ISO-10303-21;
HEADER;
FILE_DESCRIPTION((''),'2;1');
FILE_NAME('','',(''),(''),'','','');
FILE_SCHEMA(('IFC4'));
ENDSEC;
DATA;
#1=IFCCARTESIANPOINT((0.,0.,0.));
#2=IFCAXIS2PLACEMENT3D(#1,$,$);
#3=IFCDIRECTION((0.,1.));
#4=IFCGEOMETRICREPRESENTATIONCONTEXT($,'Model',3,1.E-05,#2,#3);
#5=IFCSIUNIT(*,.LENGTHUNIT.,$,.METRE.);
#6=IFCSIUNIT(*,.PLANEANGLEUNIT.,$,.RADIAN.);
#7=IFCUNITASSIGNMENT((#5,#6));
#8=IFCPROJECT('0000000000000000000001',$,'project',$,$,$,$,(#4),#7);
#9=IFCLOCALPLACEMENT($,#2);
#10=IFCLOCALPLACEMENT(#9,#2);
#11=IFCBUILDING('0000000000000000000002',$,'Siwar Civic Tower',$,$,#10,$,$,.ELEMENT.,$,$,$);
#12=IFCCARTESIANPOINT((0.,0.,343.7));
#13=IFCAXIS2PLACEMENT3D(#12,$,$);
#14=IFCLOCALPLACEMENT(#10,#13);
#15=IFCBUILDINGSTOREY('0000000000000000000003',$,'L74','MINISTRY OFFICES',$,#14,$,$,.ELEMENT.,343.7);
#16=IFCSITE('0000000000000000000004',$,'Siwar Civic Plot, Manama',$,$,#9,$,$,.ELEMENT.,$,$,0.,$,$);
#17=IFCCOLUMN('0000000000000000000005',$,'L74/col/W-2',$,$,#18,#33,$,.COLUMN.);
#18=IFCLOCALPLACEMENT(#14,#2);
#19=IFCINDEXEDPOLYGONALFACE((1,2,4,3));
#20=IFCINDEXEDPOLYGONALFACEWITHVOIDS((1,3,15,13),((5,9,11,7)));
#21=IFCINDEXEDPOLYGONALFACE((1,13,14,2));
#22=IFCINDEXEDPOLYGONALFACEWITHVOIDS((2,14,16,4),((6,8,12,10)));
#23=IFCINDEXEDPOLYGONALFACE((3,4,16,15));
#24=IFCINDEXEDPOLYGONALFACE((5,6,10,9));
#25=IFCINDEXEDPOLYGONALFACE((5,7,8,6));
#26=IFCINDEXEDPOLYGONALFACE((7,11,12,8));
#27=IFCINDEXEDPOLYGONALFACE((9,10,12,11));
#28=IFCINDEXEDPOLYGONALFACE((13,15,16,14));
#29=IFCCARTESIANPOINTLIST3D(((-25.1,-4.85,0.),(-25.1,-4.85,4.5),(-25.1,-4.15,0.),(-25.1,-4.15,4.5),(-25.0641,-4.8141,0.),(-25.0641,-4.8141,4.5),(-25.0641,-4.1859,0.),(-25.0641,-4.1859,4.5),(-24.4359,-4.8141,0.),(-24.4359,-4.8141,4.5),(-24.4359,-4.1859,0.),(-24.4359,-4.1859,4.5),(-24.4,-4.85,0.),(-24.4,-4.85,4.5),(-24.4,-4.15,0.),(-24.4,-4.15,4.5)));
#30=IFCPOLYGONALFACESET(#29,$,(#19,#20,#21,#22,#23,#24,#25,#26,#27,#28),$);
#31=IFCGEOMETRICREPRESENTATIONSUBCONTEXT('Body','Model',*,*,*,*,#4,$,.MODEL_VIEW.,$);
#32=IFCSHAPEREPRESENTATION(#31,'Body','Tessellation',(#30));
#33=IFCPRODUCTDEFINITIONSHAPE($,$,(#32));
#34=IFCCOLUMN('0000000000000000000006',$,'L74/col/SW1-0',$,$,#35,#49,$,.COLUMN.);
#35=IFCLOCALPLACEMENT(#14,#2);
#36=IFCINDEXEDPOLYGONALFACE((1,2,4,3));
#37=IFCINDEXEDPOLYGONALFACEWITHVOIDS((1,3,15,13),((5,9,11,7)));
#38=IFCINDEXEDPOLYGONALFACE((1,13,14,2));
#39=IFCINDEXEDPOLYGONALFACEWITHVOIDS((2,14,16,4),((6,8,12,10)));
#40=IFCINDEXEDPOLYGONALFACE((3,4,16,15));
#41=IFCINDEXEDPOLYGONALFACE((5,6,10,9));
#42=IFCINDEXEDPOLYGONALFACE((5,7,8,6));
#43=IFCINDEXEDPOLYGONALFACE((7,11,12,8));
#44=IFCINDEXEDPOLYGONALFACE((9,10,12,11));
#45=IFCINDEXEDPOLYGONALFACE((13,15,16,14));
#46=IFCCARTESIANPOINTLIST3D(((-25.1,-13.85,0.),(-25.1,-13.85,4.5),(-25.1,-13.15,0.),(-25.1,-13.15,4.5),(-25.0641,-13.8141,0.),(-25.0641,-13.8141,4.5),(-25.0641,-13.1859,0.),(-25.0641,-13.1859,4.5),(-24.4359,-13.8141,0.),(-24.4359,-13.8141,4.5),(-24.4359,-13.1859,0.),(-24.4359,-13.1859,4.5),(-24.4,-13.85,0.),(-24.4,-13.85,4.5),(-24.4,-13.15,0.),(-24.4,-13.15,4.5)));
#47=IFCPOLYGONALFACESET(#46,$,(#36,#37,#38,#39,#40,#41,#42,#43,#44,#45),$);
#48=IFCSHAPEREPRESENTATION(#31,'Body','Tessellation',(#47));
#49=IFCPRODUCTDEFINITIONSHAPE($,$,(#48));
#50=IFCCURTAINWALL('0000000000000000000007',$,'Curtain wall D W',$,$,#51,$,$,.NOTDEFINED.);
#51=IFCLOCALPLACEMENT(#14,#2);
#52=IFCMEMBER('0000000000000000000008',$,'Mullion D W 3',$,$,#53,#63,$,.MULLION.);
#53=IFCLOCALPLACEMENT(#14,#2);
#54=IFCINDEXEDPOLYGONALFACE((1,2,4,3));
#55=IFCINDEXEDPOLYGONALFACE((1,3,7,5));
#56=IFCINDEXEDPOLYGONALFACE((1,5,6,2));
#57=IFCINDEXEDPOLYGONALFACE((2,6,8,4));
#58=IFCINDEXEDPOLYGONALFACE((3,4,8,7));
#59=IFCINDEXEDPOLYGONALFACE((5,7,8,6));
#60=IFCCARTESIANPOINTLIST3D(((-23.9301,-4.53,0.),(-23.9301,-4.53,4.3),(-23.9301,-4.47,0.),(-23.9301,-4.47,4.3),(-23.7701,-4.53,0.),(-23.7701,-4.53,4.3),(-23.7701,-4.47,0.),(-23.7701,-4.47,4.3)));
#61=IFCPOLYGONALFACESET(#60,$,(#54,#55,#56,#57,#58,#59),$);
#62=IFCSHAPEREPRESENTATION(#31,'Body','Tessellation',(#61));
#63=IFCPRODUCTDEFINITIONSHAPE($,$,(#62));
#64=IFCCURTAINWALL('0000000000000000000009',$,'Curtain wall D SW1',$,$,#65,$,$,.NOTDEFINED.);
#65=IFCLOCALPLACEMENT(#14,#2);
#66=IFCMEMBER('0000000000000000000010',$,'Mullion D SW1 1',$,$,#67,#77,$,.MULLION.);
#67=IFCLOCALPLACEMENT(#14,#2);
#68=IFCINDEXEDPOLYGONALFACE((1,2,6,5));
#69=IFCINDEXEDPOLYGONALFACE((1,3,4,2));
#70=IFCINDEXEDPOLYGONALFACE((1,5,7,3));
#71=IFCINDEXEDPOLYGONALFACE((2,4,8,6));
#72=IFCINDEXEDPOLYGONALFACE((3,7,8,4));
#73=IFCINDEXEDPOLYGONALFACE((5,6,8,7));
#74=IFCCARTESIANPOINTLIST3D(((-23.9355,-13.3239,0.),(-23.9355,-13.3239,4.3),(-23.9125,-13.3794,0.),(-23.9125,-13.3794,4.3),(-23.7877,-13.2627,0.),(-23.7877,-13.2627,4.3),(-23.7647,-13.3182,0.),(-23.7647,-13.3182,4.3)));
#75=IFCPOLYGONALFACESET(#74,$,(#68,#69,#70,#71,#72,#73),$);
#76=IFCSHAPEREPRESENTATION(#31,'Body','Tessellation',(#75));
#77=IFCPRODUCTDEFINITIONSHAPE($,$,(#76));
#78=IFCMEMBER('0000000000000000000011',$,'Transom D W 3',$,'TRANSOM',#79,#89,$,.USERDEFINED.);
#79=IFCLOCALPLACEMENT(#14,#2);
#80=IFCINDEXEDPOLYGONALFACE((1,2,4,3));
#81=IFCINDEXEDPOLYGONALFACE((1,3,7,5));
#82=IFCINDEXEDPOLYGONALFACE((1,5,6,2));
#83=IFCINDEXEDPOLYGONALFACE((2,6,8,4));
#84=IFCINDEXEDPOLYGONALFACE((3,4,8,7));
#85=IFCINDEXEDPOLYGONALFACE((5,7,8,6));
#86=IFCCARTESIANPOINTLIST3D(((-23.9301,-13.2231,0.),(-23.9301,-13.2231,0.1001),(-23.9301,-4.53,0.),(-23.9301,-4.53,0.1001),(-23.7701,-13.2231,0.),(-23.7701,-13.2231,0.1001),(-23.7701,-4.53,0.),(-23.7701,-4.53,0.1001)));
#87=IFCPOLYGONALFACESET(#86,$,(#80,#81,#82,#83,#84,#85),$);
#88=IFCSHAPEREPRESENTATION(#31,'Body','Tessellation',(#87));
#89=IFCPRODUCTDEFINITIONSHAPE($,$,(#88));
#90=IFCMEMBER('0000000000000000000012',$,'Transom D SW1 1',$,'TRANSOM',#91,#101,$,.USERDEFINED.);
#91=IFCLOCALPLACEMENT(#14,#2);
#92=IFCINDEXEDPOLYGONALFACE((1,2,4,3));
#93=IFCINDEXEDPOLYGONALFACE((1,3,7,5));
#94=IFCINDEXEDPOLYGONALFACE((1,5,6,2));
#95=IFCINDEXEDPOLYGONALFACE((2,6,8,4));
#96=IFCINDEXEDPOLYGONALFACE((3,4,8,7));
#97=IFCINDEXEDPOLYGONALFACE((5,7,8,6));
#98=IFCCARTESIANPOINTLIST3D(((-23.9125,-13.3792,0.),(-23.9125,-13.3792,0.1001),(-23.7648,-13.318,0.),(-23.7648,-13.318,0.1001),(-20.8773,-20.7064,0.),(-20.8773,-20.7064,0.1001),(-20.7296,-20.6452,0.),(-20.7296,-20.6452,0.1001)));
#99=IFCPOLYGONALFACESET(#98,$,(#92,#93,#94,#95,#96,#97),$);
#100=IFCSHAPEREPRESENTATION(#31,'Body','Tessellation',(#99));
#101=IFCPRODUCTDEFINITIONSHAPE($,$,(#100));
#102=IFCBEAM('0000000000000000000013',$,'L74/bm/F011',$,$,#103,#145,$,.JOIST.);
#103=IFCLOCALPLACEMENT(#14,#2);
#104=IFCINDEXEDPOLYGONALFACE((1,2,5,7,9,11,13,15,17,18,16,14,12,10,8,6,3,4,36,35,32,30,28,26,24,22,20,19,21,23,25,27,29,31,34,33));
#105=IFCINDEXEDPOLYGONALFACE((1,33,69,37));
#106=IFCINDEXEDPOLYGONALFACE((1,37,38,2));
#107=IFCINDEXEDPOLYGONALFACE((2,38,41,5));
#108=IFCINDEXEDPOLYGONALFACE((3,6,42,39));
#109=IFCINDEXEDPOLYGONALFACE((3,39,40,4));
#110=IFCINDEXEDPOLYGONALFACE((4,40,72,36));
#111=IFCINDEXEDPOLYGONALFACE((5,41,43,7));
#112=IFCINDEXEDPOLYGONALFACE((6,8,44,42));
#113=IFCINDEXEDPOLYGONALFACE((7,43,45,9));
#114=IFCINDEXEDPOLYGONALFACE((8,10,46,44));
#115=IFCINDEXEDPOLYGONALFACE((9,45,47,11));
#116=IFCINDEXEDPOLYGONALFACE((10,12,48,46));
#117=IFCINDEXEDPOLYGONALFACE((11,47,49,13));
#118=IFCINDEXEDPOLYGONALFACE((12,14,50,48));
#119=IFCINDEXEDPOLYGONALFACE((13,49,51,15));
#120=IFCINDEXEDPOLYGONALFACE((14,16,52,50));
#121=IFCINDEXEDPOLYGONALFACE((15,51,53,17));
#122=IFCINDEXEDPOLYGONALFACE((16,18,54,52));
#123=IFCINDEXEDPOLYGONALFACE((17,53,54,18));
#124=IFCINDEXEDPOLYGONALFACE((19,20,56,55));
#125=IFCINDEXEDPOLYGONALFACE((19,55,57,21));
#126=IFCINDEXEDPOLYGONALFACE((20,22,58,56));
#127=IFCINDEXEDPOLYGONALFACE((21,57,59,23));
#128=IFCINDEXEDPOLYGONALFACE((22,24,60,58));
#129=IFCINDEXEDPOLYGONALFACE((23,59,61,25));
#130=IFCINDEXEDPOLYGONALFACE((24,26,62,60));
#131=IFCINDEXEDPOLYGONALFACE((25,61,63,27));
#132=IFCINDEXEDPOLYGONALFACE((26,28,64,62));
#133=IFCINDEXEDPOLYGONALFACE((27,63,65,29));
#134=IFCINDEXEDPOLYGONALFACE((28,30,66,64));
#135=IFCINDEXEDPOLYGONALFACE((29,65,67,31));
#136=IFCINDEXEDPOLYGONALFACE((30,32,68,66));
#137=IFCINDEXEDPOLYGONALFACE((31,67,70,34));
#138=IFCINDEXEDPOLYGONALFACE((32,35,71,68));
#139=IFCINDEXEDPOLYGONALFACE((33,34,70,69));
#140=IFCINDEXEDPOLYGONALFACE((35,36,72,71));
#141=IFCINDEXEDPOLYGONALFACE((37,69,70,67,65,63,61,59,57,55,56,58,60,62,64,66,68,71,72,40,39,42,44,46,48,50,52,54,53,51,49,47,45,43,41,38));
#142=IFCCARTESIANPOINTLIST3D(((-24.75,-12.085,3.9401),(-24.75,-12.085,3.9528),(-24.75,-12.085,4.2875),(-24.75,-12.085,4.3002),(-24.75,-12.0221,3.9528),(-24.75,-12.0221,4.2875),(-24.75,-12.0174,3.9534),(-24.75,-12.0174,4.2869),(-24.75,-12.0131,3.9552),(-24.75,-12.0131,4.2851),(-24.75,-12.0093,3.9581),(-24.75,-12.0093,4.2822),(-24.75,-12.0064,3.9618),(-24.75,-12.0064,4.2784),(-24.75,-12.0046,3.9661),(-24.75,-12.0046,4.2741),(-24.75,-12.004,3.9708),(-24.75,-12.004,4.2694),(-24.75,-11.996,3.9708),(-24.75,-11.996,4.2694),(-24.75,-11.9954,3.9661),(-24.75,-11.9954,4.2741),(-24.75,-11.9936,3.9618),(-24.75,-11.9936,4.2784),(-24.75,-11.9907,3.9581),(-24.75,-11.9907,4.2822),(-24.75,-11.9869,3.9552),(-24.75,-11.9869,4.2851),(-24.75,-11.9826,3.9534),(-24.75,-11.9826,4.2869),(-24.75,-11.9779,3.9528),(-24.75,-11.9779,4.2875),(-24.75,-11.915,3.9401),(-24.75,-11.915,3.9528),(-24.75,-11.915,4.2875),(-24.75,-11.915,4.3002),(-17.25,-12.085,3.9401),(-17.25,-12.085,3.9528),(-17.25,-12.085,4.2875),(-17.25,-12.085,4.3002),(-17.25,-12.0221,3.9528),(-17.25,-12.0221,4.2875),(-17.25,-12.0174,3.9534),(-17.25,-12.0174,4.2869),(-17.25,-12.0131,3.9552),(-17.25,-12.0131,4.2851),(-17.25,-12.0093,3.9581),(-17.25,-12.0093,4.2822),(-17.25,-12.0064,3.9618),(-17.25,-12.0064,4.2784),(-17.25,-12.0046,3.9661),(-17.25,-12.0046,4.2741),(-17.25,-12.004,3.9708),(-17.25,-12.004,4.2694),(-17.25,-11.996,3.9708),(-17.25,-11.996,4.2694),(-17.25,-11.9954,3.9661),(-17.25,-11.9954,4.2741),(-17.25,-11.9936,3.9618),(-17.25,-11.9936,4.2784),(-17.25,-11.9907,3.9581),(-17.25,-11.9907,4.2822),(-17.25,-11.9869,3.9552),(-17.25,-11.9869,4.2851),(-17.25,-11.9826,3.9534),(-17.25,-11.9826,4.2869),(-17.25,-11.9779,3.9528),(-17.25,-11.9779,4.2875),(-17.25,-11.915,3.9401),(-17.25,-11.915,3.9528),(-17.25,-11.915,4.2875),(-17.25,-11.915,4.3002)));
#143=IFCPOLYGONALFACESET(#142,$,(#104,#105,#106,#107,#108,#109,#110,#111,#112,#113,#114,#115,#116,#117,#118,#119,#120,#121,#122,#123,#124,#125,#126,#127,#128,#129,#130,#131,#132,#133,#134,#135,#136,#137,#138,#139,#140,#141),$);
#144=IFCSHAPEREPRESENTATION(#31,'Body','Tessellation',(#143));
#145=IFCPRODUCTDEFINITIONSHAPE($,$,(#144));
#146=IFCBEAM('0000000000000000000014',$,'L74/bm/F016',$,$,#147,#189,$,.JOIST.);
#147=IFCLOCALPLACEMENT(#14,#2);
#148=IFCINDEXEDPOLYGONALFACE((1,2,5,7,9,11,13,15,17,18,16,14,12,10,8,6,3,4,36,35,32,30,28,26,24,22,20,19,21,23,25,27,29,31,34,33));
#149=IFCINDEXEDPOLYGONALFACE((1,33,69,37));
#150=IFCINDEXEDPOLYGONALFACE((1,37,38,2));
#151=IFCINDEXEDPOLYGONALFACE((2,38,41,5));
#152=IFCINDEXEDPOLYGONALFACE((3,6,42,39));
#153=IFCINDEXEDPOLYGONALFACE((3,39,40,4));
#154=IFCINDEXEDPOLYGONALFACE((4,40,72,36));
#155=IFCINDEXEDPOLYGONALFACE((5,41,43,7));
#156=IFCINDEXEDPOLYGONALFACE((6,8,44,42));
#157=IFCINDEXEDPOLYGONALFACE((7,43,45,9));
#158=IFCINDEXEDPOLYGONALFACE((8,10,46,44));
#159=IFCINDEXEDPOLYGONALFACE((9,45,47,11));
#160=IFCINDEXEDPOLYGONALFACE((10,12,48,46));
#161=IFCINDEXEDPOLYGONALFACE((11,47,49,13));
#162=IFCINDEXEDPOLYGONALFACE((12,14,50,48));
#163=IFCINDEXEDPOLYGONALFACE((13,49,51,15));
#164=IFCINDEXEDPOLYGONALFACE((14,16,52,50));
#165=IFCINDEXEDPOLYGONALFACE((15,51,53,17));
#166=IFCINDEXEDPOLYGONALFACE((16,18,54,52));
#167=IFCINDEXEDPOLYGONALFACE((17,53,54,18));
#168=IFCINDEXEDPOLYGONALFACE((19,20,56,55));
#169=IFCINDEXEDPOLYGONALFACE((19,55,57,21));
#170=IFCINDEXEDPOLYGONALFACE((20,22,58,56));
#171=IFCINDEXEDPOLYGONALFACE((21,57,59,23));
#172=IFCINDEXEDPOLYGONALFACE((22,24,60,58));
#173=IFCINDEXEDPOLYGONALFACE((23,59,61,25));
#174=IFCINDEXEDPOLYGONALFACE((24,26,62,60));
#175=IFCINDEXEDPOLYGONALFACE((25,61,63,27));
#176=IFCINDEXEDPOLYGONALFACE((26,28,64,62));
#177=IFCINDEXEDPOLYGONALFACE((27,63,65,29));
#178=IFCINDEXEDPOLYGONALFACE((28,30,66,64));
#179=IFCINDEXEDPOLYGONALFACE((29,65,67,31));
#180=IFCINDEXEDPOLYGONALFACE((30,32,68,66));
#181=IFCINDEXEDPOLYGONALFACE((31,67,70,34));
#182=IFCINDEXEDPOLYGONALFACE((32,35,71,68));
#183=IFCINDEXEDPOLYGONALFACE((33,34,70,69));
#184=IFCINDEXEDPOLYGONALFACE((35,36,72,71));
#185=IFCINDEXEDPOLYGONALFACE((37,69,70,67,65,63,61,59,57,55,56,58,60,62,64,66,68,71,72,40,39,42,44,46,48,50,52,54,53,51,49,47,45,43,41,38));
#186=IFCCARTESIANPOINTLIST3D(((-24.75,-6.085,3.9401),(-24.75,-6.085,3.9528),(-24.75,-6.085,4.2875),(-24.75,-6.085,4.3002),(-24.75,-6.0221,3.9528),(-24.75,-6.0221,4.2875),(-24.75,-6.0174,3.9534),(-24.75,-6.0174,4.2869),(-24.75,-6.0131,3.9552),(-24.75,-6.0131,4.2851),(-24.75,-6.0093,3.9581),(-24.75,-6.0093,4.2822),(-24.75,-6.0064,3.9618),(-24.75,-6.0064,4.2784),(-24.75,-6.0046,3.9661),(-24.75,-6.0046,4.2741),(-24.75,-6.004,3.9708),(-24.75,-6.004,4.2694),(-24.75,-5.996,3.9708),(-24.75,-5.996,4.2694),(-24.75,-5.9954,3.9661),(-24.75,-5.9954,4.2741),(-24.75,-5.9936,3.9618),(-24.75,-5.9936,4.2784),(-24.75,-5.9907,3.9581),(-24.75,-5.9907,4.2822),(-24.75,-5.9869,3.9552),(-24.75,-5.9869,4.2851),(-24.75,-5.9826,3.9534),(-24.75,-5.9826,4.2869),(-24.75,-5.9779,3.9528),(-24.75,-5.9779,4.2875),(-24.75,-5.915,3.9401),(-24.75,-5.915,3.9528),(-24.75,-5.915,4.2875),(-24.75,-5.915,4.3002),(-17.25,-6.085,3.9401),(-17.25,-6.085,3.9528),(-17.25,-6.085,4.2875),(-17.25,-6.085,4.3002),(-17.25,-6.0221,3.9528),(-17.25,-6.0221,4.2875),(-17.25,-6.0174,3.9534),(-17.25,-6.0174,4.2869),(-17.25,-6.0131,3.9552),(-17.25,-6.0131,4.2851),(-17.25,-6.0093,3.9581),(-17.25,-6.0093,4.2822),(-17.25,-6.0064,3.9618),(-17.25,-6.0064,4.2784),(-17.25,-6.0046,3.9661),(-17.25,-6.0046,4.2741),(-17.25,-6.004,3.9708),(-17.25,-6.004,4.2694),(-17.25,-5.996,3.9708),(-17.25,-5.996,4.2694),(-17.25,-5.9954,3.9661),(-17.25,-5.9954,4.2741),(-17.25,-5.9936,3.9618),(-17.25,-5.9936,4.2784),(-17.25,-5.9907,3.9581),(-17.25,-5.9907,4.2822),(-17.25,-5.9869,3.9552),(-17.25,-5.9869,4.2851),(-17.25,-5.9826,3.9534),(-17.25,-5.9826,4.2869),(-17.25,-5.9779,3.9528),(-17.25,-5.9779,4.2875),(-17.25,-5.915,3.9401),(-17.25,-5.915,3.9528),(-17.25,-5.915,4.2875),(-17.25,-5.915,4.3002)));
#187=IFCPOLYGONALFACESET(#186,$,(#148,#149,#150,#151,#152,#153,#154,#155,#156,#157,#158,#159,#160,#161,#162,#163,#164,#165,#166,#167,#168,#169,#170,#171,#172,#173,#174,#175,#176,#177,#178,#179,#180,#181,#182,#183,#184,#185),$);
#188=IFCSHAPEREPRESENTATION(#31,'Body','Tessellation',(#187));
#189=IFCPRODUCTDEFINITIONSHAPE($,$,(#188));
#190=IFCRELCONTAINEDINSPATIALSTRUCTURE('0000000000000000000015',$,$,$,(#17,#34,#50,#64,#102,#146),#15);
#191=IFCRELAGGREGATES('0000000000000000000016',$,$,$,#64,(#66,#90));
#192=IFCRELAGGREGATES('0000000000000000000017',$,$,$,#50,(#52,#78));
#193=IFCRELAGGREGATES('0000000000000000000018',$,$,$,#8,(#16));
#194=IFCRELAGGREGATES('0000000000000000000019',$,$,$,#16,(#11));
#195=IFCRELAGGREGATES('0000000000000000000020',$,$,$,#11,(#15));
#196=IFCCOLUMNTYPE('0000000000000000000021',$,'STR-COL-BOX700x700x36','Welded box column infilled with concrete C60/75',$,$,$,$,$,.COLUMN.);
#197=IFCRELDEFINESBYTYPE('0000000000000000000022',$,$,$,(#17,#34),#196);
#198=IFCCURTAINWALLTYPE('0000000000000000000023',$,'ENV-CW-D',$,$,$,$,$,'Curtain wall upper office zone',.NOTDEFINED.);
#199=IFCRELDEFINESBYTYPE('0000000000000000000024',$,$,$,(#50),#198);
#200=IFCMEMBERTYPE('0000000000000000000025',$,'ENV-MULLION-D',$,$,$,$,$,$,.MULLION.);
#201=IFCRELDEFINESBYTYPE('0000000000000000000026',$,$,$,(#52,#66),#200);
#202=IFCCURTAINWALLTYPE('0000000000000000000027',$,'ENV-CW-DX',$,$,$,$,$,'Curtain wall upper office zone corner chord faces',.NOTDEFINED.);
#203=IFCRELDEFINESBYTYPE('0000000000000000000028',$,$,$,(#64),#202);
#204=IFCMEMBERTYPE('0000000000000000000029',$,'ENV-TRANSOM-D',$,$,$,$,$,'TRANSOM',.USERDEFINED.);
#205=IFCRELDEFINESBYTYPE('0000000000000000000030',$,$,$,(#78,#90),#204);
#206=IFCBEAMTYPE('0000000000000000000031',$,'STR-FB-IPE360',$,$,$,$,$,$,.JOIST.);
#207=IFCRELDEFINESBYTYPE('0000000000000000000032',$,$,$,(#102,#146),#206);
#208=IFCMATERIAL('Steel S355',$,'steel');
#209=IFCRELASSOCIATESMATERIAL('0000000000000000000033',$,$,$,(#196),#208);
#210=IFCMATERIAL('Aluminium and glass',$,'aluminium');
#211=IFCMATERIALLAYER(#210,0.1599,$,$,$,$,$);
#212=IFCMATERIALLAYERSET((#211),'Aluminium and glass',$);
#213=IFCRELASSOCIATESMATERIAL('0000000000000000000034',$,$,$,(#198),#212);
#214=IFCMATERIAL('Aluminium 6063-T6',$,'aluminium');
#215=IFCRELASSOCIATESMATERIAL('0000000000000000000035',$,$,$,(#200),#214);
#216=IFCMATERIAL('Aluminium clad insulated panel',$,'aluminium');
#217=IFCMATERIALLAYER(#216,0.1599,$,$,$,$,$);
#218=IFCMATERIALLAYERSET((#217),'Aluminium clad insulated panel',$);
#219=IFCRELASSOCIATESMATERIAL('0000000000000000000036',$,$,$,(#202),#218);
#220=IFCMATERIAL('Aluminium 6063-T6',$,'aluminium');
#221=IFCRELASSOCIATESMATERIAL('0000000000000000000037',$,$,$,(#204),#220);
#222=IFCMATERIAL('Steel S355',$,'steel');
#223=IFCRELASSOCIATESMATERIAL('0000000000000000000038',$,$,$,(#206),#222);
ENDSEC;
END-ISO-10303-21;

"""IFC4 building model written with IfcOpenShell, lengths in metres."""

from ifc_helpers import new_model, si_unit, direction, frame, origin, origin_2d, place, context, subcontext, project, spatial, rectangle, hollow_rectangle, i_section, extrude, material, layer, layer_set, material_profile, profile_set, type_object, element, aggregate, save


model = new_model("IFC4")

# Units and contexts
model_context = context("Model", 3, precision=1e-05, world=origin(), true_north=direction((0.0, 1.0)))
body_context = subcontext(model_context, "Body", "Model", "MODEL_VIEW")
ifc_project = project(units=[si_unit("LENGTHUNIT", "METRE"), si_unit("PLANEANGLEUNIT", "RADIAN")], contexts=[model_context])

# Site, building, storey
site_placement = place(None, origin())
site = spatial("IfcSite", under=ifc_project, at=site_placement, Name="Siwar Civic Plot, Manama", CompositionType="ELEMENT", RefElevation=0.0)
building_placement = place(site_placement, origin())
building = spatial("IfcBuilding", under=site, at=building_placement, Name="Siwar Civic Tower", CompositionType="ELEMENT")
storey_placement = place(building_placement, frame((0.0, 0.0, 343.7)))
storey = spatial("IfcBuildingStorey", under=building, at=storey_placement, Name="L74", Description="MINISTRY OFFICES", CompositionType="ELEMENT", Elevation=343.7)

# Columns
ifc_material_1 = material(Name="Steel S355", Category="steel")
ifc_material_profile_1 = material_profile(ifc_material_1, hollow_rectangle(XDim=0.7, YDim=0.7, WallThickness=0.0359, at=origin_2d()), Name="BOX700x700x36")
ifc_profile_set_1 = profile_set([ifc_material_profile_1], Name="Steel S355")
column_type = type_object("IfcColumnType", Name="STR-COL-BOX700x700x36", Description="Welded box column infilled with concrete C60/75", PredefinedType="COLUMN", material=ifc_profile_set_1)
for number, where, z_axis, x_axis, name in (
    (1, (-24.75, -4.5, 0.0), (0.0, 0.0, 1.0), (1.0, 0.0, 0.0), "L74/col/W-2"),
    (2, (-24.75, -13.5, 0.0), (0.0, 0.0, 1.0), (1.0, 0.0, 0.0), "L74/col/SW1-0"),
):
    element("IfcColumn", number, at=place(storey_placement, frame(where, z_axis=z_axis, x_axis=x_axis)), inside=storey, type_object=column_type, Name=name, PredefinedType="COLUMN", context=body_context, shape_type="SweptSolid", body=[
        extrude(hollow_rectangle(XDim=0.7, YDim=0.7, WallThickness=0.0359, at=origin_2d()), origin(), (0.0, 0.0, 1.0), 4.5),
    ])

# Curtain walls, members
ifc_material_2 = material(Name="Aluminium and glass", Category="aluminium")
ifc_layer_1 = layer(ifc_material_2, 0.1599)
ifc_layer_set_1 = layer_set([ifc_layer_1], Name="Aluminium and glass")
curtain_wall_type_1 = type_object("IfcCurtainWallType", Name="ENV-CW-D", ElementType="Curtain wall upper office zone", PredefinedType="NOTDEFINED", material=ifc_layer_set_1)
curtain_wall_1_placement = place(storey_placement, origin())
curtain_wall_1 = element("IfcCurtainWall", 3, at=curtain_wall_1_placement, inside=storey, type_object=curtain_wall_type_1, Name="Curtain wall D W", PredefinedType="NOTDEFINED")
ifc_material_3 = material(Name="Aluminium 6063-T6", Category="aluminium")
ifc_material_profile_2 = material_profile(ifc_material_3, rectangle(XDim=0.1599, YDim=0.0601, at=origin_2d()), Name="AL 160x60")
ifc_profile_set_2 = profile_set([ifc_material_profile_2], Name="Aluminium 6063-T6")
member_type_1 = type_object("IfcMemberType", Name="ENV-MULLION-D", PredefinedType="MULLION", material=ifc_profile_set_2)
member_1_placement = place(storey_placement, frame((-23.8501, -4.5, 0.0), z_axis=(0.0, 0.0, 1.0), x_axis=(1.0, 0.0, 0.0)))
member_1 = element("IfcMember", 4, at=member_1_placement, type_object=member_type_1, Name="Mullion D W 3", PredefinedType="MULLION", context=body_context, shape_type="SweptSolid", body=[
    extrude(rectangle(XDim=0.1599, YDim=0.0601, at=origin_2d()), origin(), (0.0, 0.0, 1.0), 4.3),
])
ifc_material_4 = material(Name="Aluminium clad insulated panel", Category="aluminium")
ifc_layer_2 = layer(ifc_material_4, 0.1599)
ifc_layer_set_2 = layer_set([ifc_layer_2], Name="Aluminium clad insulated panel")
curtain_wall_type_2 = type_object("IfcCurtainWallType", Name="ENV-CW-DX", ElementType="Curtain wall upper office zone corner chord faces", PredefinedType="NOTDEFINED", material=ifc_layer_set_2)
curtain_wall_2_placement = place(storey_placement, origin())
curtain_wall_2 = element("IfcCurtainWall", 5, at=curtain_wall_2_placement, inside=storey, type_object=curtain_wall_type_2, Name="Curtain wall D SW1", PredefinedType="NOTDEFINED")
member_2_placement = place(storey_placement, frame((-23.8501, -13.321, 0.0), z_axis=(0.0, 0.0, 1.0), x_axis=(0.92388, 0.382683, 0.0)))
member_2 = element("IfcMember", 6, at=member_2_placement, type_object=member_type_1, Name="Mullion D SW1 1", PredefinedType="MULLION", context=body_context, shape_type="SweptSolid", body=[
    extrude(rectangle(XDim=0.1599, YDim=0.0601, at=origin_2d()), origin(), (0.0, 0.0, 1.0), 4.3),
])

# Members
ifc_material_5 = material(Name="Aluminium 6063-T6", Category="aluminium")
ifc_material_profile_3 = material_profile(ifc_material_5, rectangle(XDim=0.1599, YDim=0.1001, at=origin_2d()), Name="AL 160x100")
ifc_profile_set_3 = profile_set([ifc_material_profile_3], Name="Aluminium 6063-T6")
member_type_2 = type_object("IfcMemberType", Name="ENV-TRANSOM-D", ElementType="TRANSOM", PredefinedType="USERDEFINED", material=ifc_profile_set_3)
member_3_placement = place(storey_placement, frame((-23.8501, -4.53, 0.05), z_axis=(0.0, -1.0, 0.0), x_axis=(1.0, 0.0, 0.0)))
member_3 = element("IfcMember", 7, at=member_3_placement, type_object=member_type_2, Name="Transom D W 3", ObjectType="TRANSOM", PredefinedType="USERDEFINED", context=body_context, shape_type="SweptSolid", body=[
    extrude(rectangle(XDim=0.1599, YDim=0.1001, at=origin_2d()), origin(), (0.0, 0.0, 1.0), 8.6931),
])
member_4_placement = place(storey_placement, frame((-23.8386, -13.3486, 0.05), z_axis=(0.3827, -0.923873, 0.0), x_axis=(0.923873, 0.3827, 0.0)))
member_4 = element("IfcMember", 8, at=member_4_placement, type_object=member_type_2, Name="Transom D SW1 1", ObjectType="TRANSOM", PredefinedType="USERDEFINED", context=body_context, shape_type="SweptSolid", body=[
    extrude(rectangle(XDim=0.1599, YDim=0.1001, at=origin_2d()), origin(), (0.0, 0.0, 1.0), 7.9309),
])
aggregate(curtain_wall_2, [member_2, member_4])

# Beams
ifc_material_6 = material(Name="Steel S355", Category="steel")
ifc_material_profile_4 = material_profile(ifc_material_6, i_section(OverallWidth=0.1699, OverallDepth=0.3601, WebThickness=0.0081, FlangeThickness=0.0127, FilletRadius=0.0181, at=origin_2d()), Name="IPE360")
ifc_profile_set_4 = profile_set([ifc_material_profile_4], Name="Steel S355")
beam_type_1 = type_object("IfcBeamType", Name="STR-FB-IPE360", PredefinedType="JOIST", material=ifc_profile_set_4)
for number, where, z_axis, x_axis, name in (
    (9, (-24.75, -12.0, 4.1201), (1.0, 0.0, 0.0), (0.0, 1.0, 0.0), "L74/bm/F011"),
    (10, (-24.75, -6.0, 4.1201), (1.0, 0.0, 0.0), (0.0, 1.0, 0.0), "L74/bm/F016"),
):
    element("IfcBeam", number, at=place(storey_placement, frame(where, z_axis=z_axis, x_axis=x_axis)), inside=storey, type_object=beam_type_1, Name=name, PredefinedType="JOIST", context=body_context, shape_type="SweptSolid", body=[
        extrude(i_section(OverallWidth=0.1699, OverallDepth=0.3601, WebThickness=0.0081, FlangeThickness=0.0127, FilletRadius=0.0181, at=origin_2d()), origin(), (0.0, 0.0, 1.0), 7.5),
    ])

aggregate(curtain_wall_1, [member_1, member_3])

save(model, "model.ifc")
